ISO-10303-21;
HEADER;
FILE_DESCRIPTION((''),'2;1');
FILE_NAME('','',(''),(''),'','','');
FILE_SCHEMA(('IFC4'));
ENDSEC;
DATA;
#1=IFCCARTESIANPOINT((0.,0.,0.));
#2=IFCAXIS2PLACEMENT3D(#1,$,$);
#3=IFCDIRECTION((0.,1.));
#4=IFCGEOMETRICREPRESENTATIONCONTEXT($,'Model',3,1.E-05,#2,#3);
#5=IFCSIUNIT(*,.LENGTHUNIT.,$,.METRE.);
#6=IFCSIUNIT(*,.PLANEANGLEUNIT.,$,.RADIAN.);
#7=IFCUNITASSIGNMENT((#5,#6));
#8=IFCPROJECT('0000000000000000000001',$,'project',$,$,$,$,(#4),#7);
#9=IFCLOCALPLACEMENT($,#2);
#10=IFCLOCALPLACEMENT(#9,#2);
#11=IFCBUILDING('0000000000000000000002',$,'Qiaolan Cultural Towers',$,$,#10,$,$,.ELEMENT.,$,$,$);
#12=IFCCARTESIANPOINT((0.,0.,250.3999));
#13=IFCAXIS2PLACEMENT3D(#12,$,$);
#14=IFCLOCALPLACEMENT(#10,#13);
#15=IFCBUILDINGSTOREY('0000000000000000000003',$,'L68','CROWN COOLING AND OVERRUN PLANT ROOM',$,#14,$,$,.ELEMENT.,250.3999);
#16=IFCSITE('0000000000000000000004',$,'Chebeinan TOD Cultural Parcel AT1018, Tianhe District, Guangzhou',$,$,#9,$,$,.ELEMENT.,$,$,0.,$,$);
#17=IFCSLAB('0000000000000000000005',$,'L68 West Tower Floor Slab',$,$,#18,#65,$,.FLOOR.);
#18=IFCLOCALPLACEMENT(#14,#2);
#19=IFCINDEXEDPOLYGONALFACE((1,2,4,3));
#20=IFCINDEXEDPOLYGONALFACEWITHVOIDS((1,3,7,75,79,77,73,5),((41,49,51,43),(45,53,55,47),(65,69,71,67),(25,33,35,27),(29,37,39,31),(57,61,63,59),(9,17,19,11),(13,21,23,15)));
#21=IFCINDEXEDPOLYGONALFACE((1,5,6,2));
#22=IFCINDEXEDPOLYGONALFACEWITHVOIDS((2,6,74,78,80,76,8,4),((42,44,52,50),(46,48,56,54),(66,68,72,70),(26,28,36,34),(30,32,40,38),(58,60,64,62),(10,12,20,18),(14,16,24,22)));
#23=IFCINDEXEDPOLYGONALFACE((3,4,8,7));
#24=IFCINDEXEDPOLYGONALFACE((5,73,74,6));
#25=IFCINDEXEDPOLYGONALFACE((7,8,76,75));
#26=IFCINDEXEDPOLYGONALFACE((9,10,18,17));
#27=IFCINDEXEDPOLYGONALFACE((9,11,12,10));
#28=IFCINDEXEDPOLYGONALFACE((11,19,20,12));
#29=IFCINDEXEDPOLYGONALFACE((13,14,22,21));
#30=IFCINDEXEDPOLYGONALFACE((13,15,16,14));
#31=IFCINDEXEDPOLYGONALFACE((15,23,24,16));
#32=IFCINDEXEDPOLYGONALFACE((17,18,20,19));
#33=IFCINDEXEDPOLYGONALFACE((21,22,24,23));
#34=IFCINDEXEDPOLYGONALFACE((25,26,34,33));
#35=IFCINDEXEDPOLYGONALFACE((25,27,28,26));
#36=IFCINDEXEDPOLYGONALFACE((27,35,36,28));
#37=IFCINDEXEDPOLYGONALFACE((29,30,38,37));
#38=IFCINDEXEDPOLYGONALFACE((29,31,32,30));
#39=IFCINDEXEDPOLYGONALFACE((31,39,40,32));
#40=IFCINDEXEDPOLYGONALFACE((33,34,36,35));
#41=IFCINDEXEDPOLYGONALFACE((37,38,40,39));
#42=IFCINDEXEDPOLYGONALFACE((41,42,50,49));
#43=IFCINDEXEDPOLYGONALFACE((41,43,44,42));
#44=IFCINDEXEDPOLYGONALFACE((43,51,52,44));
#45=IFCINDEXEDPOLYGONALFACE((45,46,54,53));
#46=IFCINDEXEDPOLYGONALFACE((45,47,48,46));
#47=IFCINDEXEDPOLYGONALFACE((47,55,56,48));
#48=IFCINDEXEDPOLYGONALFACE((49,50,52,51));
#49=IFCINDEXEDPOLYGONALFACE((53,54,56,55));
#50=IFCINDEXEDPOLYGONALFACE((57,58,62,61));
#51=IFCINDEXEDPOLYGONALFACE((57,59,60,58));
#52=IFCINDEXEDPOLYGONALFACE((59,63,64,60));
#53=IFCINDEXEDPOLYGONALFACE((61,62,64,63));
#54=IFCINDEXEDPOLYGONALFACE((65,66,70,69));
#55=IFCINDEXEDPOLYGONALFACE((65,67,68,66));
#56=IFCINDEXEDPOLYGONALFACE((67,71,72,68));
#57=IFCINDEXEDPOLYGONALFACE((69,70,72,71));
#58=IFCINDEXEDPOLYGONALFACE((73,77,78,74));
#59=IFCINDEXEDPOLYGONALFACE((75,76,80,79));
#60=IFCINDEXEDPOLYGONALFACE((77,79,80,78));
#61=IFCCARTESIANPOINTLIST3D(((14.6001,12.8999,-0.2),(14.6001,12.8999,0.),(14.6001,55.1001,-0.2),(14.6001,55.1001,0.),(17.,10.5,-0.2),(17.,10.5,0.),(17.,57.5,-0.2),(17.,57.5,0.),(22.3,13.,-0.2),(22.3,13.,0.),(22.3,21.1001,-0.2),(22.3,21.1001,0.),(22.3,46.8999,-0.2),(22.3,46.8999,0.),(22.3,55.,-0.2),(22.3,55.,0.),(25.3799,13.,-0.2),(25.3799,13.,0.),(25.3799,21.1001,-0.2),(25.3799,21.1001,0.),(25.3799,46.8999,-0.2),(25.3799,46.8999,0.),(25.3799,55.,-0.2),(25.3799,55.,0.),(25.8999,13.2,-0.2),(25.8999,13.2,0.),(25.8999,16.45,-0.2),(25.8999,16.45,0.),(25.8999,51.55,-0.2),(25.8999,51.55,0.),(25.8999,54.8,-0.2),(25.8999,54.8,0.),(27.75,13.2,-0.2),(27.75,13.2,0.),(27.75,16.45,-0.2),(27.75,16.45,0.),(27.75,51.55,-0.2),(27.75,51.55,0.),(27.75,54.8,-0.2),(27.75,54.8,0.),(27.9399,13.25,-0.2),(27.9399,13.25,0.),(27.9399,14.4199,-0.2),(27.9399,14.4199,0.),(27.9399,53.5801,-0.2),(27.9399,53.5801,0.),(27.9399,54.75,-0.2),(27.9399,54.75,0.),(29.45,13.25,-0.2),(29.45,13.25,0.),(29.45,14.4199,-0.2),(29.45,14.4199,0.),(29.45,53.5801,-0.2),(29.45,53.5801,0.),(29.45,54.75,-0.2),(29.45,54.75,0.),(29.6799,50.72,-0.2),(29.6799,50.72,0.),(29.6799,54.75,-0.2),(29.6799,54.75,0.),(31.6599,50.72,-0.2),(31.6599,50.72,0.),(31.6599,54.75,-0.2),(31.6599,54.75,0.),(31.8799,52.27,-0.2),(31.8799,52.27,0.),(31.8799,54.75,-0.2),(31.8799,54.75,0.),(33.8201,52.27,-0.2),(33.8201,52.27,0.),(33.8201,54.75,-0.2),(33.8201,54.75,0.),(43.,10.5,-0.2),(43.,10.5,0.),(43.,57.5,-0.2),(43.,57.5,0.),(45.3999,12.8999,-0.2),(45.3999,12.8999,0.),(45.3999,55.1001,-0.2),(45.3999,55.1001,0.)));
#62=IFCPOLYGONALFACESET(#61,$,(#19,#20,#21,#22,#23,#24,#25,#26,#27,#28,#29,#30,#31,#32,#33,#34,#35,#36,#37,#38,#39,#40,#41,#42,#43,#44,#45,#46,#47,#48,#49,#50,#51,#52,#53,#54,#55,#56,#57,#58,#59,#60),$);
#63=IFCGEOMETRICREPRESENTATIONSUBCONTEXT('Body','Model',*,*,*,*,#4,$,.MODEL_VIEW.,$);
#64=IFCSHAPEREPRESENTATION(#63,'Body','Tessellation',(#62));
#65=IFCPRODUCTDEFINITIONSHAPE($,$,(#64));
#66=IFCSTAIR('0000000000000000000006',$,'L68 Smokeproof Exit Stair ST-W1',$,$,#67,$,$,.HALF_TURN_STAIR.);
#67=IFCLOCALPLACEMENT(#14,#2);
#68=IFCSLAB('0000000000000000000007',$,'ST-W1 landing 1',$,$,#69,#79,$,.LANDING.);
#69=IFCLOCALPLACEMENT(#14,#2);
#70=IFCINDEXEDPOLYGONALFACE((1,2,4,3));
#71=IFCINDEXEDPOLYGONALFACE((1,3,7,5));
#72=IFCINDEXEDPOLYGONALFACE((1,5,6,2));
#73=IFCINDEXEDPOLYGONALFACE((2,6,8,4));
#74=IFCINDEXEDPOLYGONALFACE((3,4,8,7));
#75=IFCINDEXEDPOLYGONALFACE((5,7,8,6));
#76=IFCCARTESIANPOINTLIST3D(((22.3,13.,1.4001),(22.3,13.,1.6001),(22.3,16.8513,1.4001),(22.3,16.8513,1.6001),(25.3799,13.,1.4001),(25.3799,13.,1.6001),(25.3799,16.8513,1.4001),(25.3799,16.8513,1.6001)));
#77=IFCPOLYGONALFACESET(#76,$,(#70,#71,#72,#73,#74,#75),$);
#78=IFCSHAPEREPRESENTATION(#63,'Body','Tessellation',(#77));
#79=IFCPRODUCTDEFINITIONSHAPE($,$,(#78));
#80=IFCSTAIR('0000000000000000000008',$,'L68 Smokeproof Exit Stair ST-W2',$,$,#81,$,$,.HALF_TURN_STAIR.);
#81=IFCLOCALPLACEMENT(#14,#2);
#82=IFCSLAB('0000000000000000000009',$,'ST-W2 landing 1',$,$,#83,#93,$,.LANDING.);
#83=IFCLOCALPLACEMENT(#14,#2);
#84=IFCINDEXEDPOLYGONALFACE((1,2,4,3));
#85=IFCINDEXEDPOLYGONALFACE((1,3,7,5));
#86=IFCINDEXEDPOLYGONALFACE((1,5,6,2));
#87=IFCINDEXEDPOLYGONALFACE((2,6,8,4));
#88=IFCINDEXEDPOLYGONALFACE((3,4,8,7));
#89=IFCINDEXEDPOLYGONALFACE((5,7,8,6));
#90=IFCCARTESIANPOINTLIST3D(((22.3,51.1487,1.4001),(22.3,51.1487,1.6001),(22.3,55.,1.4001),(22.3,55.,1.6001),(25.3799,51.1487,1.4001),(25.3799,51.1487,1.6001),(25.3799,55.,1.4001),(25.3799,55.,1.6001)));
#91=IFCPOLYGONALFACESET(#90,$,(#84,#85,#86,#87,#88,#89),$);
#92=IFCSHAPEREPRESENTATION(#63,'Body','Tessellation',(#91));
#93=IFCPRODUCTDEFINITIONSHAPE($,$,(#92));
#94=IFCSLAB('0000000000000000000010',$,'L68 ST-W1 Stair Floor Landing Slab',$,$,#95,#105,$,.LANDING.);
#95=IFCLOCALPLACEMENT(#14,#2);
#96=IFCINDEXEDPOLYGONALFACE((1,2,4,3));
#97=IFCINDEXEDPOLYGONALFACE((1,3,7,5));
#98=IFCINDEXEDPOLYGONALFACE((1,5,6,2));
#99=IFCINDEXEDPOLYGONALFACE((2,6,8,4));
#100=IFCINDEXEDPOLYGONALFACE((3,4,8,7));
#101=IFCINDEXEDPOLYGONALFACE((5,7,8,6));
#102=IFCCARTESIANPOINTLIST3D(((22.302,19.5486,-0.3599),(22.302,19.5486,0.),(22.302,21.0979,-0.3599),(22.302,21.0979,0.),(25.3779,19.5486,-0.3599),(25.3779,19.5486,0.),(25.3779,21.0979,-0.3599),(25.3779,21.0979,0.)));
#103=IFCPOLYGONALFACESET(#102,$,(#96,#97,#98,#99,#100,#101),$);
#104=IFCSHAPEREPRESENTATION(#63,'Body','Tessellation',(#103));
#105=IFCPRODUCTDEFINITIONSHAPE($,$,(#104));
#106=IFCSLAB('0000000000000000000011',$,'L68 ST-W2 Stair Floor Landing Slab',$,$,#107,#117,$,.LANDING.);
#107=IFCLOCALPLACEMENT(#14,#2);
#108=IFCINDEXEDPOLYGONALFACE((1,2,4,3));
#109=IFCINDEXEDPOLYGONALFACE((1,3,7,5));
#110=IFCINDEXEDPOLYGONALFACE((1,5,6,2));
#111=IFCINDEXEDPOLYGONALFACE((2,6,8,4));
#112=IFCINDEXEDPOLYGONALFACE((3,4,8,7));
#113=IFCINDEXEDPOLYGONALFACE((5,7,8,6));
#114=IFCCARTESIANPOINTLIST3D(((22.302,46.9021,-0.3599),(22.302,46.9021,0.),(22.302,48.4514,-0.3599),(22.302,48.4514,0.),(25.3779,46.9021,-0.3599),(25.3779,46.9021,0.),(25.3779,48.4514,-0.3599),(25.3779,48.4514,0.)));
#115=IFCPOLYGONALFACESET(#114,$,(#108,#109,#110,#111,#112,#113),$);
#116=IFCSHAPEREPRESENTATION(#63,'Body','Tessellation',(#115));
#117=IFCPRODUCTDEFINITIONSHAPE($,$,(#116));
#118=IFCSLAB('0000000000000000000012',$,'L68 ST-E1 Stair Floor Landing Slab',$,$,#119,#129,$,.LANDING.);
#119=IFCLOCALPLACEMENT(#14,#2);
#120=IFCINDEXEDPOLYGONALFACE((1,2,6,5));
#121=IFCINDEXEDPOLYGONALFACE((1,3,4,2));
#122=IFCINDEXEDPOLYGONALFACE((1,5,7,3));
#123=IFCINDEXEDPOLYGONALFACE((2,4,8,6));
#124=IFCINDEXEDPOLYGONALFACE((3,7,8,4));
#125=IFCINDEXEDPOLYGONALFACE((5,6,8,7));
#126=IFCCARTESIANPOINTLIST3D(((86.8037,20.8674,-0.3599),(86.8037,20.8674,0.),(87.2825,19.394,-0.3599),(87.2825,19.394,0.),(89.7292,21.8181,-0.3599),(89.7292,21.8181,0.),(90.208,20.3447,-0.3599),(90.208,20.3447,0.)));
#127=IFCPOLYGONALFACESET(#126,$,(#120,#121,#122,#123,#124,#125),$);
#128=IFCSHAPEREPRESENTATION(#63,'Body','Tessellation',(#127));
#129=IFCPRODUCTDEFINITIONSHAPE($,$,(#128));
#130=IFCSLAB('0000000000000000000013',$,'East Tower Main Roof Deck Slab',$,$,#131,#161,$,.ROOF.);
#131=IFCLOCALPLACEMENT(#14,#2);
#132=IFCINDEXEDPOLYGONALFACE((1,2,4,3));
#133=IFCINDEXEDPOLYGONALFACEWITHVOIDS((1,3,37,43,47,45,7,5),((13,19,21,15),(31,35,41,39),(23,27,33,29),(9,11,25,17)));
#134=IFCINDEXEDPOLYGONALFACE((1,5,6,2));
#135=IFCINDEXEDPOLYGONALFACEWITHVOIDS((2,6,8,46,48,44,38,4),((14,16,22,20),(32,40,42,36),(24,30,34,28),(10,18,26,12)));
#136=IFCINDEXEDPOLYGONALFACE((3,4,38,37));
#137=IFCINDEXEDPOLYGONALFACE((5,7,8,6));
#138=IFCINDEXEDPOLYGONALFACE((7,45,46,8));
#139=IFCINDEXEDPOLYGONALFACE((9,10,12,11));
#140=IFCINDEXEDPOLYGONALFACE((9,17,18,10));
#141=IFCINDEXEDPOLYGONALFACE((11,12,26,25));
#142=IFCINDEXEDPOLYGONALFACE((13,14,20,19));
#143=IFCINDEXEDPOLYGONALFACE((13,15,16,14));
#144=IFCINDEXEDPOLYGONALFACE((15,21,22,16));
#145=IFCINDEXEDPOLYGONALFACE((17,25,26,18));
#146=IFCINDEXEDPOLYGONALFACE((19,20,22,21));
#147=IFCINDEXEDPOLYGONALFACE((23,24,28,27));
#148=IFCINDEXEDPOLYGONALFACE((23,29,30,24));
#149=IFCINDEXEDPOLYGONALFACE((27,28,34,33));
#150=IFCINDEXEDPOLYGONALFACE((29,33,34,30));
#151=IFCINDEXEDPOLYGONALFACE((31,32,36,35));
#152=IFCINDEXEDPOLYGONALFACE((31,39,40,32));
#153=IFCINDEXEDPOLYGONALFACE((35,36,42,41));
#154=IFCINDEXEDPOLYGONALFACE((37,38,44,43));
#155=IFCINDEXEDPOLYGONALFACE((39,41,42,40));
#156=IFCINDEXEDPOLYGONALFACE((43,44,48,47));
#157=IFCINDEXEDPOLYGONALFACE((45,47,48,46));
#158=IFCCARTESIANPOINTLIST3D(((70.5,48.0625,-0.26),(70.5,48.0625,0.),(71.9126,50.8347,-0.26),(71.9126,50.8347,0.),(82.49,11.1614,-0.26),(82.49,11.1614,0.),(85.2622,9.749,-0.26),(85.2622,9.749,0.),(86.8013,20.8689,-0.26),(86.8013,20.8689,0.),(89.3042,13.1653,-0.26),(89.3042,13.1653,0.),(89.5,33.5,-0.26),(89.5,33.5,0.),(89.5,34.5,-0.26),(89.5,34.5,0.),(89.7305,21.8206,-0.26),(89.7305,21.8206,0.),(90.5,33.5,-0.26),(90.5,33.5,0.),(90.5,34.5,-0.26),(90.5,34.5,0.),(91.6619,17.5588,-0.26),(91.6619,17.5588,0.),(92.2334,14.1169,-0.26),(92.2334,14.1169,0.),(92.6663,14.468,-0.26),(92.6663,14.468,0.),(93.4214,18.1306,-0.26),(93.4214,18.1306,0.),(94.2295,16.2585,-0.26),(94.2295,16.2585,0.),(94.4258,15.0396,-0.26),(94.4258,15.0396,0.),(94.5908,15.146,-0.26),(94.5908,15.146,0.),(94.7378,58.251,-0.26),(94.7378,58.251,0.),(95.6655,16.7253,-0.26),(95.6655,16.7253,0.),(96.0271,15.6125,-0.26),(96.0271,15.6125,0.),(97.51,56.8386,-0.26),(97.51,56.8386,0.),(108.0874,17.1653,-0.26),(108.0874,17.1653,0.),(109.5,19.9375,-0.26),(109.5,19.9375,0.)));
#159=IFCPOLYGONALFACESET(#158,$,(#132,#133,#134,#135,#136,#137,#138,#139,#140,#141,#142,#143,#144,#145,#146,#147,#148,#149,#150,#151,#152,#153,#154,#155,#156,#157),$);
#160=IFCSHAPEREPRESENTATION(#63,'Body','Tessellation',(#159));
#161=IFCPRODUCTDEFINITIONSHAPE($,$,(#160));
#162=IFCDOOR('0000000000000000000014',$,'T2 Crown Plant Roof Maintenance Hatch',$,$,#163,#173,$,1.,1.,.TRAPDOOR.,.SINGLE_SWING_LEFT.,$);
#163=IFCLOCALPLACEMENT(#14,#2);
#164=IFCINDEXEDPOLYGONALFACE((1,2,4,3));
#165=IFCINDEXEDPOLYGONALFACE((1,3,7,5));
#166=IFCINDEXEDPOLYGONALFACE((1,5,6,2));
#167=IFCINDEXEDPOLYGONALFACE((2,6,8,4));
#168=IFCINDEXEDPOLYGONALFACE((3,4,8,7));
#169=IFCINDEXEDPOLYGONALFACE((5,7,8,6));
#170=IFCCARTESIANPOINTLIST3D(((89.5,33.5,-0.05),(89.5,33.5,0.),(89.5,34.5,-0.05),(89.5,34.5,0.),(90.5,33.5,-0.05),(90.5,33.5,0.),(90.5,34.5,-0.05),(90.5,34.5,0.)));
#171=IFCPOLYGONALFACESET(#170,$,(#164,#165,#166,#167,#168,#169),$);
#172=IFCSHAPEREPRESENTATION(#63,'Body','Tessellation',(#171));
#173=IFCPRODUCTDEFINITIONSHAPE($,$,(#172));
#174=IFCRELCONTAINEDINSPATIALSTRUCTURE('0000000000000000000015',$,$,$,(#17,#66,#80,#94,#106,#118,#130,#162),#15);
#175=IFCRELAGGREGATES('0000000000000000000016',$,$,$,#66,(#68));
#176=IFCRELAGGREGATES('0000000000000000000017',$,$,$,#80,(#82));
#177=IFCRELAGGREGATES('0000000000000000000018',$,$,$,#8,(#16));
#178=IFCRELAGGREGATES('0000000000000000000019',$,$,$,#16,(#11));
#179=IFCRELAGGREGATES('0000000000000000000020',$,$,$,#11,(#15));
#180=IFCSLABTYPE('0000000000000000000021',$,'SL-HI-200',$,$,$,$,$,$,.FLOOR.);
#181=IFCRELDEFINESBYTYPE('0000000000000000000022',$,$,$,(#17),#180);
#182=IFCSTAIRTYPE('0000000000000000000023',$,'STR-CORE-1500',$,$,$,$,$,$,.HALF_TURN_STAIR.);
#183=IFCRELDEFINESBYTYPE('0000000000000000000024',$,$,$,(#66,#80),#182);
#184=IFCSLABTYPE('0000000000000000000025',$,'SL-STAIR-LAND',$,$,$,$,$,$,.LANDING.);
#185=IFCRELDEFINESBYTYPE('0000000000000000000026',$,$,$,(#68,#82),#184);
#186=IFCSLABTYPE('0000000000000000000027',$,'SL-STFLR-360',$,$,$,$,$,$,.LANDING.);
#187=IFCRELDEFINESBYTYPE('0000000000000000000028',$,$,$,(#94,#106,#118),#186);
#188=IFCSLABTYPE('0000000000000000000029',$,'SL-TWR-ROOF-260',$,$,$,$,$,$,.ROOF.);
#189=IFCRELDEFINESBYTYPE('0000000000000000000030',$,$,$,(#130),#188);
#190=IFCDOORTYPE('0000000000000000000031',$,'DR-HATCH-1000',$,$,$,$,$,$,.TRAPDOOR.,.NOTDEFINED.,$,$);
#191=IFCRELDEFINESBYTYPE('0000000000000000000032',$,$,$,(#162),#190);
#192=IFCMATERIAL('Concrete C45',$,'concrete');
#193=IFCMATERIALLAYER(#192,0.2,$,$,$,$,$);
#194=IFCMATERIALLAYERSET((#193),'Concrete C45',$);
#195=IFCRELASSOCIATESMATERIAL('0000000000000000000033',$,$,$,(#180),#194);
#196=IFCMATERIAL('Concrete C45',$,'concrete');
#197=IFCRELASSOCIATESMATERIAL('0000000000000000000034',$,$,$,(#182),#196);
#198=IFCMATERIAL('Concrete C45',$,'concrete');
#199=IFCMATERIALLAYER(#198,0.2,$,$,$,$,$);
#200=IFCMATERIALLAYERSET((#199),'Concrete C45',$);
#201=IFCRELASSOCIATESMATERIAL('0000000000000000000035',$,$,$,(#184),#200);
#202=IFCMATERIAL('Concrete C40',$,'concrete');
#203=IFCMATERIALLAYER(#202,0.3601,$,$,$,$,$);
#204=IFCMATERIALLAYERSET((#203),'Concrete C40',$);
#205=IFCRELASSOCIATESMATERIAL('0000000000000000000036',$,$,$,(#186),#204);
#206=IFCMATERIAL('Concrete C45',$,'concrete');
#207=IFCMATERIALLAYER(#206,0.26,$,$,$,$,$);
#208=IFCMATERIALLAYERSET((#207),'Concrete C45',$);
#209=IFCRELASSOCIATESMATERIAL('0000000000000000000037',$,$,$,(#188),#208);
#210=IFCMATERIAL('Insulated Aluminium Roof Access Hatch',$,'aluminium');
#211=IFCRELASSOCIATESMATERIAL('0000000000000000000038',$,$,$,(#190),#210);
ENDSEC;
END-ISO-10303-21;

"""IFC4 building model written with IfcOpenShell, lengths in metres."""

from ifc_helpers import new_model, si_unit, direction, frame, origin, origin_2d, place, context, subcontext, project, spatial, polyline, rectangle, outline, extrude, material, layer, layer_set, type_object, element, fill, aggregate, save


model = new_model("IFC4")

# Units and contexts
model_context = context("Model", 3, precision=1e-05, world=origin(), true_north=direction((0.0, 1.0)))
body_context = subcontext(model_context, "Body", "Model", "MODEL_VIEW")
ifc_project = project(units=[si_unit("LENGTHUNIT", "METRE"), si_unit("PLANEANGLEUNIT", "RADIAN")], contexts=[model_context])

# Site, building, storey
site_placement = place(None, origin())
site = spatial("IfcSite", under=ifc_project, at=site_placement, Name="Chebeinan TOD Cultural Parcel AT1018, Tianhe District, Guangzhou", CompositionType="ELEMENT", RefElevation=0.0)
building_placement = place(site_placement, origin())
building = spatial("IfcBuilding", under=site, at=building_placement, Name="Qiaolan Cultural Towers", CompositionType="ELEMENT")
storey_placement = place(building_placement, frame((0.0, 0.0, 250.3999)))
storey = spatial("IfcBuildingStorey", under=building, at=storey_placement, Name="L68", Description="CROWN COOLING AND OVERRUN PLANT ROOM", CompositionType="ELEMENT", Elevation=250.3999)

# Slab
ifc_material_1 = material(Name="Concrete C45", Category="concrete")
ifc_layer_1 = layer(ifc_material_1, 0.2)
ifc_layer_set_1 = layer_set([ifc_layer_1], Name="Concrete C45")
slab_type_1 = type_object("IfcSlabType", Name="SL-HI-200", PredefinedType="FLOOR", material=ifc_layer_set_1)
slab_1_placement = place(storey_placement, frame((0.0, 0.0, -0.2)))
element("IfcSlab", 1, at=slab_1_placement, inside=storey, type_object=slab_type_1, Name="L68 West Tower Floor Slab", PredefinedType="FLOOR", context=body_context, shape_type="SweptSolid", body=[
    extrude(outline(polyline([(17.0, 10.5), (43.0, 10.5), (45.3999, 12.8999), (45.3999, 55.1001), (43.0, 57.5), (17.0, 57.5), (14.6001, 55.1001), (14.6001, 12.8999), (17.0, 10.5)]), holes=[polyline([(22.3, 21.1001), (22.3, 13.0), (25.3799, 13.0), (25.3799, 21.1001), (22.3, 21.1001)]), polyline([(25.3799, 46.8999), (25.3799, 55.0), (22.3, 55.0), (22.3, 46.8999), (25.3799, 46.8999)]), polyline([(25.8999, 13.2), (27.75, 13.2), (27.75, 16.45), (25.8999, 16.45), (25.8999, 13.2)]), polyline([(27.9399, 13.25), (29.45, 13.25), (29.45, 14.4199), (27.9399, 14.4199), (27.9399, 13.25)]), polyline([(25.8999, 51.55), (27.75, 51.55), (27.75, 54.8), (25.8999, 54.8), (25.8999, 51.55)]), polyline([(27.9399, 53.5801), (29.45, 53.5801), (29.45, 54.75), (27.9399, 54.75), (27.9399, 53.5801)]), polyline([(31.8799, 52.27), (33.8201, 52.27), (33.8201, 54.75), (31.8799, 54.75), (31.8799, 52.27)]), polyline([(29.6799, 50.72), (31.6599, 50.72), (31.6599, 54.75), (29.6799, 54.75), (29.6799, 50.72)])]), origin(), (0.0, 0.0, 1.0), 0.2),
])

# Stairs, slabs
ifc_material_2 = material(Name="Concrete C45", Category="concrete")
stair_type = type_object("IfcStairType", Name="STR-CORE-1500", PredefinedType="HALF_TURN_STAIR", material=ifc_material_2)
stair_1_placement = place(storey_placement, origin())
stair_1 = element("IfcStair", 2, at=stair_1_placement, inside=storey, type_object=stair_type, Name="L68 Smokeproof Exit Stair ST-W1", PredefinedType="HALF_TURN_STAIR")
ifc_material_3 = material(Name="Concrete C45", Category="concrete")
ifc_layer_2 = layer(ifc_material_3, 0.2)
ifc_layer_set_2 = layer_set([ifc_layer_2], Name="Concrete C45")
slab_type_2 = type_object("IfcSlabType", Name="SL-STAIR-LAND", PredefinedType="LANDING", material=ifc_layer_set_2)
slab_2_placement = place(storey_placement, frame((0.0, 0.0, 1.4001)))
slab_2 = element("IfcSlab", 3, at=slab_2_placement, type_object=slab_type_2, Name="ST-W1 landing 1", PredefinedType="LANDING", context=body_context, shape_type="SweptSolid", body=[
    extrude(outline(polyline([(22.3, 16.8513), (22.3, 13.0), (25.3799, 13.0), (25.3799, 16.8513), (22.3, 16.8513)])), origin(), (0.0, 0.0, 1.0), 0.2),
])
aggregate(stair_1, [slab_2])
stair_2_placement = place(storey_placement, origin())
stair_2 = element("IfcStair", 4, at=stair_2_placement, inside=storey, type_object=stair_type, Name="L68 Smokeproof Exit Stair ST-W2", PredefinedType="HALF_TURN_STAIR")
slab_3_placement = place(storey_placement, frame((0.0, 0.0, 1.4001)))
slab_3 = element("IfcSlab", 5, at=slab_3_placement, type_object=slab_type_2, Name="ST-W2 landing 1", PredefinedType="LANDING", context=body_context, shape_type="SweptSolid", body=[
    extrude(outline(polyline([(25.3799, 51.1487), (25.3799, 55.0), (22.3, 55.0), (22.3, 51.1487), (25.3799, 51.1487)])), origin(), (0.0, 0.0, 1.0), 0.2),
])
aggregate(stair_2, [slab_3])

# Slabs
ifc_material_4 = material(Name="Concrete C40", Category="concrete")
ifc_layer_3 = layer(ifc_material_4, 0.3601)
ifc_layer_set_3 = layer_set([ifc_layer_3], Name="Concrete C40")
slab_type_3 = type_object("IfcSlabType", Name="SL-STFLR-360", PredefinedType="LANDING", material=ifc_layer_set_3)
slab_4_placement = place(storey_placement, frame((0.0, 0.0, -0.3599)))
element("IfcSlab", 6, at=slab_4_placement, inside=storey, type_object=slab_type_3, Name="L68 ST-W1 Stair Floor Landing Slab", PredefinedType="LANDING", context=body_context, shape_type="SweptSolid", body=[
    extrude(outline(polyline([(22.302, 21.0979), (22.302, 19.5486), (25.3779, 19.5486), (25.3779, 21.0979), (22.302, 21.0979)])), origin(), (0.0, 0.0, 1.0), 0.3599),
])
slab_5_placement = place(storey_placement, frame((0.0, 0.0, -0.3599)))
element("IfcSlab", 7, at=slab_5_placement, inside=storey, type_object=slab_type_3, Name="L68 ST-W2 Stair Floor Landing Slab", PredefinedType="LANDING", context=body_context, shape_type="SweptSolid", body=[
    extrude(outline(polyline([(25.3779, 46.9021), (25.3779, 48.4514), (22.302, 48.4514), (22.302, 46.9021), (25.3779, 46.9021)])), origin(), (0.0, 0.0, 1.0), 0.3599),
])
slab_6_placement = place(storey_placement, frame((0.0, 0.0, -0.3599)))
element("IfcSlab", 8, at=slab_6_placement, inside=storey, type_object=slab_type_3, Name="L68 ST-E1 Stair Floor Landing Slab", PredefinedType="LANDING", context=body_context, shape_type="SweptSolid", body=[
    extrude(outline(polyline([(86.8037, 20.8674), (87.2825, 19.394), (90.208, 20.3447), (89.7292, 21.8181), (86.8037, 20.8674)])), origin(), (0.0, 0.0, 1.0), 0.3599),
])

# Slab, opening, door
ifc_material_5 = material(Name="Concrete C45", Category="concrete")
ifc_layer_4 = layer(ifc_material_5, 0.26)
ifc_layer_set_4 = layer_set([ifc_layer_4], Name="Concrete C45")
slab_type_4 = type_object("IfcSlabType", Name="SL-TWR-ROOF-260", PredefinedType="ROOF", material=ifc_layer_set_4)
slab_7_placement = place(storey_placement, frame((0.0, 0.0, -0.26)))
slab_7 = element("IfcSlab", 9, at=slab_7_placement, inside=storey, type_object=slab_type_4, Name="East Tower Main Roof Deck Slab", PredefinedType="ROOF", context=body_context, shape_type="SweptSolid", body=[
    extrude(outline(polyline([(85.2622, 9.749), (108.0874, 17.1653), (109.5, 19.9375), (97.51, 56.8386), (94.7378, 58.251), (71.9126, 50.8347), (70.5, 48.0625), (82.49, 11.1614), (85.2622, 9.749)]), holes=[polyline([(86.8013, 20.8689), (89.3042, 13.1653), (92.2334, 14.1169), (89.7305, 21.8206), (86.8013, 20.8689)]), polyline([(92.6663, 14.468), (94.4258, 15.0396), (93.4214, 18.1306), (91.6619, 17.5588), (92.6663, 14.468)]), polyline([(94.5908, 15.146), (96.0271, 15.6125), (95.6655, 16.7253), (94.2295, 16.2585), (94.5908, 15.146)])]), origin(), (0.0, 0.0, 1.0), 0.26),
])
opening_1_placement = place(slab_7_placement, frame((90.0, 34.0, 0.0)))
opening_1 = element("IfcOpeningElement", 10, at=opening_1_placement, cuts=slab_7, PredefinedType="OPENING", context=body_context, shape_type="SweptSolid", body=[
    extrude(rectangle(XDim=1.0, YDim=1.0, at=origin_2d()), origin(), (0.0, 0.0, 1.0), 0.26),
])
ifc_material_6 = material(Name="Insulated Aluminium Roof Access Hatch", Category="aluminium")
door_type_1 = type_object("IfcDoorType", Name="DR-HATCH-1000", OperationType="NOTDEFINED", PredefinedType="TRAPDOOR", material=ifc_material_6)
door_1_placement = place(opening_1_placement, frame((0.0, 0.0, 0.21)))
door_1 = element("IfcDoor", 11, at=door_1_placement, inside=storey, type_object=door_type_1, Name="T2 Crown Plant Roof Maintenance Hatch", OperationType="SINGLE_SWING_LEFT", OverallHeight=1.0, OverallWidth=1.0, PredefinedType="TRAPDOOR", context=body_context, shape_type="SweptSolid", body=[
    extrude(rectangle(XDim=1.0, YDim=1.0, at=origin_2d()), origin(), (0.0, 0.0, 1.0), 0.05),
])
fill(opening_1, door_1)

save(model, "model.ifc")
